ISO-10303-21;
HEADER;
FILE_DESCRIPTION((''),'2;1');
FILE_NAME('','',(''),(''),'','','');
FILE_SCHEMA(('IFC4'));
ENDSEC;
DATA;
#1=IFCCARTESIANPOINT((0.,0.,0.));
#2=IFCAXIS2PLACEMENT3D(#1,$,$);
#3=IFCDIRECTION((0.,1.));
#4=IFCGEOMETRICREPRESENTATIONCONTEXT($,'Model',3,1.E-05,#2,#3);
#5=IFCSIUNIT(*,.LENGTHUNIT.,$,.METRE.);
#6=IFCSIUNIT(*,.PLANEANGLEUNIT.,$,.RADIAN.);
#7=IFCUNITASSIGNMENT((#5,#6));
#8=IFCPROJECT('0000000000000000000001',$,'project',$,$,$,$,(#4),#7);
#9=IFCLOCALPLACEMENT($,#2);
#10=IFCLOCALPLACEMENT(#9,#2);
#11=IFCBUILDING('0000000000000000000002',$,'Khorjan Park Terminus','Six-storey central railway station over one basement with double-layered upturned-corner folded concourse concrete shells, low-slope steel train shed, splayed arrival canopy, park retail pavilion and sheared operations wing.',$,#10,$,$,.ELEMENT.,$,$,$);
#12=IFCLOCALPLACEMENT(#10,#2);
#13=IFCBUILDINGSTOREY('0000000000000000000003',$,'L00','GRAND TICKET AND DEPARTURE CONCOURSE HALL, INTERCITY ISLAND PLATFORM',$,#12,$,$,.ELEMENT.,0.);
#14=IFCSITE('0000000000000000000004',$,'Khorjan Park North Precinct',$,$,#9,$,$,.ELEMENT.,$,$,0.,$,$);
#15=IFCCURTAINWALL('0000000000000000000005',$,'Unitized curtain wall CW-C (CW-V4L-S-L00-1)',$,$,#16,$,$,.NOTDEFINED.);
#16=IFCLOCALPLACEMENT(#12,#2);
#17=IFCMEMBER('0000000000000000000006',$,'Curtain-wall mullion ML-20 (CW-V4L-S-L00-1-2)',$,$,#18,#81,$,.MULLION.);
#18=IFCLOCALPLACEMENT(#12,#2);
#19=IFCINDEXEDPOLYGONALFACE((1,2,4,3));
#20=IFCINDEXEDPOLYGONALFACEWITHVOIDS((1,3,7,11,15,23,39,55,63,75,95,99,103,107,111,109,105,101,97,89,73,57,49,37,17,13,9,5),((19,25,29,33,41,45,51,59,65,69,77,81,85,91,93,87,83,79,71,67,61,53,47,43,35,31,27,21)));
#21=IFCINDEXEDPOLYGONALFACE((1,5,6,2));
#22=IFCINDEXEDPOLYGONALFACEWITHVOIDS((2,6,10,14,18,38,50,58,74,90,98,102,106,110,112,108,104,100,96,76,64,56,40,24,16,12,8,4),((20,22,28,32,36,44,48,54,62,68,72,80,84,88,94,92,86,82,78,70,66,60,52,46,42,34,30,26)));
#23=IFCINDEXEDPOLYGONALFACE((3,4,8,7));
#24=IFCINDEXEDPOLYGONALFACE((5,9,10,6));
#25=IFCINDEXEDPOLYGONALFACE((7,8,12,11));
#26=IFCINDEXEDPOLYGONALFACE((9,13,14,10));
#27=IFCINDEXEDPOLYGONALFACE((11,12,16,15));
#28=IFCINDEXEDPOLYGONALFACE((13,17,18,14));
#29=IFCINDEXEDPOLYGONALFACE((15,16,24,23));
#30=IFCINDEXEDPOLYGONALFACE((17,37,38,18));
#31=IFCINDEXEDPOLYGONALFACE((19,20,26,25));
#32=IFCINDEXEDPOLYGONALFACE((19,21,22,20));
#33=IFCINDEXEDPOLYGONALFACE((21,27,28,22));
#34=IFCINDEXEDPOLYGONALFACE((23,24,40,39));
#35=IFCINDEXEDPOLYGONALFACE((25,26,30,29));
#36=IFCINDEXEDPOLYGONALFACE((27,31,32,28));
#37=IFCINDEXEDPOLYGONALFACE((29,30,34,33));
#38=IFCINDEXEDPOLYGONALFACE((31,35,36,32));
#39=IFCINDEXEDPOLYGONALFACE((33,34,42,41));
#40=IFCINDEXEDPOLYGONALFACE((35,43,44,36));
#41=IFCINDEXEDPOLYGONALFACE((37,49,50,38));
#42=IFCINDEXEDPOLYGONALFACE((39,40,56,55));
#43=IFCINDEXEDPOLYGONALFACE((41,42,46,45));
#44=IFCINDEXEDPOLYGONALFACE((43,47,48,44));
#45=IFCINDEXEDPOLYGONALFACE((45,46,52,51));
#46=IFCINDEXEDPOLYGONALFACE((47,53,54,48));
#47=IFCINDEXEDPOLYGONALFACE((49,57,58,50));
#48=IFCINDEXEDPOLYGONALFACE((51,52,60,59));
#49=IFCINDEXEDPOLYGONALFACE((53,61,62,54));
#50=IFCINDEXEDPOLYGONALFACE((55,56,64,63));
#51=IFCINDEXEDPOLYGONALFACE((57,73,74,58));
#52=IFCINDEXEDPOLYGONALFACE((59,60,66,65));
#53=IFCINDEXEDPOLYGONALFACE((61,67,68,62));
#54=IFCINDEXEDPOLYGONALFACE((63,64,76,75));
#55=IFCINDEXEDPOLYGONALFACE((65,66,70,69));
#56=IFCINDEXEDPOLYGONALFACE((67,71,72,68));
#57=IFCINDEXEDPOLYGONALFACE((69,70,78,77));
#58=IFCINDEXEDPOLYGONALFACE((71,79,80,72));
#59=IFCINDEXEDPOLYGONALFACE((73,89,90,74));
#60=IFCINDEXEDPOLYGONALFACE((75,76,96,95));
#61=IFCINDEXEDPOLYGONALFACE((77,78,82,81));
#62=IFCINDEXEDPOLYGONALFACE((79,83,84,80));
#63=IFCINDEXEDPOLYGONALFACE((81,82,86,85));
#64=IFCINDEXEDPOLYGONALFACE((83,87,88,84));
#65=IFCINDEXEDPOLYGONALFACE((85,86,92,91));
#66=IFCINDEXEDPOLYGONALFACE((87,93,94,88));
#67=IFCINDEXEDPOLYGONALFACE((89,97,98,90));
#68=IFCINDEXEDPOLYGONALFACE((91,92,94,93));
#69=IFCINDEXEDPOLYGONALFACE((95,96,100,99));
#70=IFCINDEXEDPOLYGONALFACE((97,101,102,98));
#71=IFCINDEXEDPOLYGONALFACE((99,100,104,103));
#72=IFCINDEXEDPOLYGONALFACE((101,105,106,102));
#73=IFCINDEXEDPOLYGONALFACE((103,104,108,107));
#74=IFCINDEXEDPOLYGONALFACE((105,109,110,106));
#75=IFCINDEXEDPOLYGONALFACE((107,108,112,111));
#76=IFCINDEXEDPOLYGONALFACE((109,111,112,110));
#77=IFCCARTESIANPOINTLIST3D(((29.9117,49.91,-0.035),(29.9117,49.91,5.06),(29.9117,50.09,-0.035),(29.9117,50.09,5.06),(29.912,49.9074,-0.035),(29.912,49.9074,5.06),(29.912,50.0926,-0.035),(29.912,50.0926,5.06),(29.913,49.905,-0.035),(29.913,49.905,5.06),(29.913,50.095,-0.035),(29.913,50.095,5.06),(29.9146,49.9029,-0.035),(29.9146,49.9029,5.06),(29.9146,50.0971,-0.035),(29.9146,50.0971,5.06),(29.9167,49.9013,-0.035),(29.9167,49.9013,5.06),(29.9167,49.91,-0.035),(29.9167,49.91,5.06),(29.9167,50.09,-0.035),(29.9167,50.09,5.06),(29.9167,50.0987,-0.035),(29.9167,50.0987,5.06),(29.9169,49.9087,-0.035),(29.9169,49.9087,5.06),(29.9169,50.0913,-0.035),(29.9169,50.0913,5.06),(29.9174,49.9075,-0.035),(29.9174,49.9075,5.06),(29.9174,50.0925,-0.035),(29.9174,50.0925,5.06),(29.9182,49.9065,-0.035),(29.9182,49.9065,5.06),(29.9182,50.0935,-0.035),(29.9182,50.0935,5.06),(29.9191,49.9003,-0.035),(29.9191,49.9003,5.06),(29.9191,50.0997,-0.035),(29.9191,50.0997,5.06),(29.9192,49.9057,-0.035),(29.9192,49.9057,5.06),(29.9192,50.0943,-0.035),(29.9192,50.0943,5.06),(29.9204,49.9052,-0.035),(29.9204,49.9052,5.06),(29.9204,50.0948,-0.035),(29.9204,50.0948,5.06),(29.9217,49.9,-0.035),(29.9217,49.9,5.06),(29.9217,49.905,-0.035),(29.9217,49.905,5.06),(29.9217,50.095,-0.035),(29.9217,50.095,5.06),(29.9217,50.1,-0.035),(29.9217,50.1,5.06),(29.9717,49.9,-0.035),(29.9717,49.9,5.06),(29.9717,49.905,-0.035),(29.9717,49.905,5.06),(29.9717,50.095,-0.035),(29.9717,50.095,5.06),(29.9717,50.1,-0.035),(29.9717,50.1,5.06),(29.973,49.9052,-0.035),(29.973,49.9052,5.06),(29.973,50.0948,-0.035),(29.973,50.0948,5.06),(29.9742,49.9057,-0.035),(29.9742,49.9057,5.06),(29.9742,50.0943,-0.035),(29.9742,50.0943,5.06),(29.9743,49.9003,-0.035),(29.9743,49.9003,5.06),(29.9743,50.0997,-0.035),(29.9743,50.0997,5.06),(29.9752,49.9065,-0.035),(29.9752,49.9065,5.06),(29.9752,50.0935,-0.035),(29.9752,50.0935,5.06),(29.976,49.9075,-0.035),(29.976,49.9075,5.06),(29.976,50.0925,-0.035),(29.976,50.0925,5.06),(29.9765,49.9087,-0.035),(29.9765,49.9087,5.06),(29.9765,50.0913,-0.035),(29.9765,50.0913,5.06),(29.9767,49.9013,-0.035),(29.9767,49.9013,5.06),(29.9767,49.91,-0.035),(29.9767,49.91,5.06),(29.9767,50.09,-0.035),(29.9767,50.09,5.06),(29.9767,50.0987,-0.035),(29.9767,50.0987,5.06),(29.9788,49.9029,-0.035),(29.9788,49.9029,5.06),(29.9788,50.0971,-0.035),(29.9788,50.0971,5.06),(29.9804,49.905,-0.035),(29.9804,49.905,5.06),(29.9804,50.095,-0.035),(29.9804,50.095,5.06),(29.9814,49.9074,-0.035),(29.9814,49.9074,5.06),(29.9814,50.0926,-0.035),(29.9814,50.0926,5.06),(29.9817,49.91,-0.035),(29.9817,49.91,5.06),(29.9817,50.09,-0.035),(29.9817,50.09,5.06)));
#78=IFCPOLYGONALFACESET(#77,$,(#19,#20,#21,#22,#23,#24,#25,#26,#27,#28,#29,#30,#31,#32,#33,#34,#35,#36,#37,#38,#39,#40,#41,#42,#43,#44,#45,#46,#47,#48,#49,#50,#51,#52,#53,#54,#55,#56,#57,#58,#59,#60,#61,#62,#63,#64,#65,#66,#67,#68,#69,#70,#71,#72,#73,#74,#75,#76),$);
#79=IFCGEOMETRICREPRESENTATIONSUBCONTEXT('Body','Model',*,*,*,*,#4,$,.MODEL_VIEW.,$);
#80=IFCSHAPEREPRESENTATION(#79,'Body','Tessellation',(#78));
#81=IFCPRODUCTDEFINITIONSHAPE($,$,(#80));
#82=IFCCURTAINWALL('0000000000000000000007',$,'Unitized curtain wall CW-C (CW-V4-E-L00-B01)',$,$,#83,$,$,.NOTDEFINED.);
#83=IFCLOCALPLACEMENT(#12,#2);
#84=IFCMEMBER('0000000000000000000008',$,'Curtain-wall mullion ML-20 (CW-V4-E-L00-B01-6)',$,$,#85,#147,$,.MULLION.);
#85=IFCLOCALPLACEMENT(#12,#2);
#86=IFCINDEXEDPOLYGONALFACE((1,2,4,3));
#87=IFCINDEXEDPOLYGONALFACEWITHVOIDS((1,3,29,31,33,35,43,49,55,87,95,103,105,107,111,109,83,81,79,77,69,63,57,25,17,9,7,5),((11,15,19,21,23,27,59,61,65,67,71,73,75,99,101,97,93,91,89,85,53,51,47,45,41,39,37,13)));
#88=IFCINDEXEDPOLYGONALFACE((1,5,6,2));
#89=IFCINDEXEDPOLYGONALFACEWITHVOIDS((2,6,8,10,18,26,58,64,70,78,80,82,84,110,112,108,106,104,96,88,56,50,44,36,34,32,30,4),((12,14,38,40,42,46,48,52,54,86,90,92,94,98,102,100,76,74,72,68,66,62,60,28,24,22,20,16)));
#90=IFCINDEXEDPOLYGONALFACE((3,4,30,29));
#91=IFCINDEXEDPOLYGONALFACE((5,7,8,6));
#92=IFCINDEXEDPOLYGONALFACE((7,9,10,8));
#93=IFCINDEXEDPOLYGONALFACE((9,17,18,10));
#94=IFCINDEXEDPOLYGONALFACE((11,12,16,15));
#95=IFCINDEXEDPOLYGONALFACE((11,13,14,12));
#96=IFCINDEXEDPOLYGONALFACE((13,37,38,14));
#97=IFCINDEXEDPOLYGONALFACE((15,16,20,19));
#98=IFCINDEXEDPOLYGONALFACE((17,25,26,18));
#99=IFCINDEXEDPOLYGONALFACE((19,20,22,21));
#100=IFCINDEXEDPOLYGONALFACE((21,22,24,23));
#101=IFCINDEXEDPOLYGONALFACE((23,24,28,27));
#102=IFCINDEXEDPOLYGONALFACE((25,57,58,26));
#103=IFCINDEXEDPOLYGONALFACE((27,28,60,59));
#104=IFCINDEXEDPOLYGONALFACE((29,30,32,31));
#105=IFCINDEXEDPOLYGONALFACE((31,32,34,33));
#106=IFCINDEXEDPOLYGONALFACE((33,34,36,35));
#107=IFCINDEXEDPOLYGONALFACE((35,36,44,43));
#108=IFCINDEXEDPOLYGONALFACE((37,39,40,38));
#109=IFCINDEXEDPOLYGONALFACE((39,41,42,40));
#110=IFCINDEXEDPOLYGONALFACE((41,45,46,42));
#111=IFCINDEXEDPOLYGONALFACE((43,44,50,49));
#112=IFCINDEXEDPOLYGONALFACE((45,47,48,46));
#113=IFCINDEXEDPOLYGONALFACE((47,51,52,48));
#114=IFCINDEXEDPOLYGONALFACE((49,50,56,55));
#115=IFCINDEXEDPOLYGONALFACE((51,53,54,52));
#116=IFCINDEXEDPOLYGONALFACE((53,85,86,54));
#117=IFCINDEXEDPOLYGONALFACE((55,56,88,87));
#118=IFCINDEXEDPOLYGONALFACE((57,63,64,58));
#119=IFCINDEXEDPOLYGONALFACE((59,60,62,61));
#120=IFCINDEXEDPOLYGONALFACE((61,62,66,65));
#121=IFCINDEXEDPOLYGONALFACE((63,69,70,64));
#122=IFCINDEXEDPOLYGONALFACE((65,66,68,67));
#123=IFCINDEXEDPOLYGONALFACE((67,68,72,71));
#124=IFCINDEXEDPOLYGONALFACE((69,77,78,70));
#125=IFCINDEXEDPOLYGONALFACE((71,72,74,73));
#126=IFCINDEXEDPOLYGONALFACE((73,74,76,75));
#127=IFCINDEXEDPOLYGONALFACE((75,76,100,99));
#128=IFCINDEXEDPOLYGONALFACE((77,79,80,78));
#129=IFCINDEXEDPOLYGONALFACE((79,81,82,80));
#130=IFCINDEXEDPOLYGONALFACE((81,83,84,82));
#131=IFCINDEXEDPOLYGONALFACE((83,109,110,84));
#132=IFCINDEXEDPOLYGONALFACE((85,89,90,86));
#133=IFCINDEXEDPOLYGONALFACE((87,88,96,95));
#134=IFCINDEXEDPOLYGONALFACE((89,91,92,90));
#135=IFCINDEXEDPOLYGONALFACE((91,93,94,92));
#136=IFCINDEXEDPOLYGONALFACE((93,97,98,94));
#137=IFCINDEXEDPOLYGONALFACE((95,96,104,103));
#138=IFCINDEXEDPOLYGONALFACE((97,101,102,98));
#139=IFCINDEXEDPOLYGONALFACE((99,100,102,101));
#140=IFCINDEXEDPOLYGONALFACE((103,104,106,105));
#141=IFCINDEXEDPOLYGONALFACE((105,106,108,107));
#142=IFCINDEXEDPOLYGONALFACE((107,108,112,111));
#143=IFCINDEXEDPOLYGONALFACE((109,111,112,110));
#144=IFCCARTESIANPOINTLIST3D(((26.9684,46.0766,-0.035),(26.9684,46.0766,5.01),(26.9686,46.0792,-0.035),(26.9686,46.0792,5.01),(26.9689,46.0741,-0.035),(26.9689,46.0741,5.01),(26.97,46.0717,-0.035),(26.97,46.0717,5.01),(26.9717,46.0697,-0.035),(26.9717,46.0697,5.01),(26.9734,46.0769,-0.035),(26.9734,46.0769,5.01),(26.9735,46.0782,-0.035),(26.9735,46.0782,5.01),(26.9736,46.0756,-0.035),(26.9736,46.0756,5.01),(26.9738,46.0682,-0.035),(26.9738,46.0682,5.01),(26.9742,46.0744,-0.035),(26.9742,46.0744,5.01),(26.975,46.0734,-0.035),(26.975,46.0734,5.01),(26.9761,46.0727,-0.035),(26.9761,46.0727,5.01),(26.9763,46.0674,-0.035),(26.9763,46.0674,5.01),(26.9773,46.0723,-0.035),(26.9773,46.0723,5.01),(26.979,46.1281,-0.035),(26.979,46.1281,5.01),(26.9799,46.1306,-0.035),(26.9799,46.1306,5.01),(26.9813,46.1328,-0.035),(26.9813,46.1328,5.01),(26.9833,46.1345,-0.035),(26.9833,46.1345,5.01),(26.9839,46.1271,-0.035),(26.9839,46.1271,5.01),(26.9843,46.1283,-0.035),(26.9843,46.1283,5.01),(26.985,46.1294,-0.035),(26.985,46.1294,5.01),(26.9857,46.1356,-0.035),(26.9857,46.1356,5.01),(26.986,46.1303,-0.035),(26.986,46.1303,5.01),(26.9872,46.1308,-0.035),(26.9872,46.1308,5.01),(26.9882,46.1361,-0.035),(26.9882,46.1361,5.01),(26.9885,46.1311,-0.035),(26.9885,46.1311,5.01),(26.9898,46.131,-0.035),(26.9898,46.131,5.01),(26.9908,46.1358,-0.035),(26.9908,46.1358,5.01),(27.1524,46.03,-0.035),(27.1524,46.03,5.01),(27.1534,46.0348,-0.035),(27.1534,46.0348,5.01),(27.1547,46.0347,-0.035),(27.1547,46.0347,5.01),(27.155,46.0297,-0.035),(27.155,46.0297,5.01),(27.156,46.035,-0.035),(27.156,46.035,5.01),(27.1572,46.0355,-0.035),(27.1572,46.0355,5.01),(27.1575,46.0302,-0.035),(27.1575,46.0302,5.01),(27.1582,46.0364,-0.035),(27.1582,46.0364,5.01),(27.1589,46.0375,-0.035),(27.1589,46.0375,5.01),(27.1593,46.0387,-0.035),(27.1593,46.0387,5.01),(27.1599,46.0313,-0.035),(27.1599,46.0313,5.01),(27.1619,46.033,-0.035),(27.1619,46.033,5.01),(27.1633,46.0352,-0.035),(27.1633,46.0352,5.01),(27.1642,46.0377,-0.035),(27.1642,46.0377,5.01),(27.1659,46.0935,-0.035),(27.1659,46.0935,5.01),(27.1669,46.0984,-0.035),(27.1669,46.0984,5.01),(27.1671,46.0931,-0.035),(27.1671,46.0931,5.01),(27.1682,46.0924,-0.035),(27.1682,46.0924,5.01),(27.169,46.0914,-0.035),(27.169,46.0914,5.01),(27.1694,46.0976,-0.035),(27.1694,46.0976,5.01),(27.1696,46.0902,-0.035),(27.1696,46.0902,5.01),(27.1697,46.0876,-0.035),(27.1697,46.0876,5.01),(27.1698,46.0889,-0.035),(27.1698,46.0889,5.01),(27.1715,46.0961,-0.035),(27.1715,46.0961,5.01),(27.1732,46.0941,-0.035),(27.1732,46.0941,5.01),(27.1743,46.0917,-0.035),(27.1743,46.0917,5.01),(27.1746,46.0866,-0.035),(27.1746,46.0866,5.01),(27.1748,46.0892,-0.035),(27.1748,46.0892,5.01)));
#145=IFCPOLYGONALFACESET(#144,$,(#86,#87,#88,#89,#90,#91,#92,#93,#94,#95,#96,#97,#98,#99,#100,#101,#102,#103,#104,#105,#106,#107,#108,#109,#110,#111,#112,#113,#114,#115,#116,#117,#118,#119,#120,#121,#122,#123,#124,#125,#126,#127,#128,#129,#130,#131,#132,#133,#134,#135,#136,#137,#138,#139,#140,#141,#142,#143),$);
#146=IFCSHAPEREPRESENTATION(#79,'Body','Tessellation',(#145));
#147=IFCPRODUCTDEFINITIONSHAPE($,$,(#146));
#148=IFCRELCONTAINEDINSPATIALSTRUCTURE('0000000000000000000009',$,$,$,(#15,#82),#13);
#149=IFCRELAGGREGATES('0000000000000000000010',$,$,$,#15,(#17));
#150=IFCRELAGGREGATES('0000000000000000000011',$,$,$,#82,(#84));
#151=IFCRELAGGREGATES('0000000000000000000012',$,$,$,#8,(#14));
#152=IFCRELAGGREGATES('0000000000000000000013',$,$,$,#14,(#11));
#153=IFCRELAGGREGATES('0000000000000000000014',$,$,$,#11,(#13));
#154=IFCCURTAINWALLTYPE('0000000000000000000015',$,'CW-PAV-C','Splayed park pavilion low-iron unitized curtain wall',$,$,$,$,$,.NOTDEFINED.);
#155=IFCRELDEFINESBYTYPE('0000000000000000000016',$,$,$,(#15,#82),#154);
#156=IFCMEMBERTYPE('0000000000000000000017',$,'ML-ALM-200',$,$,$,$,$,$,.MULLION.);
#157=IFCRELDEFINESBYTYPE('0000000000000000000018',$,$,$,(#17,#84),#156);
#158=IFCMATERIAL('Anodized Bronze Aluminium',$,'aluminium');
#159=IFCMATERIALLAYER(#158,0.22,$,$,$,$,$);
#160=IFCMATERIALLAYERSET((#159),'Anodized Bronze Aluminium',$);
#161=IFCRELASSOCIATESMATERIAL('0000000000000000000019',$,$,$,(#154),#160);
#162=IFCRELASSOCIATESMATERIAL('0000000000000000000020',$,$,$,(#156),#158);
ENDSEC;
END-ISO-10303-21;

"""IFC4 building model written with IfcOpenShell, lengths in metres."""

from ifc_helpers import new_model, si_unit, direction, frame, origin, origin_2d, place, context, subcontext, project, spatial, hollow_rectangle, extrude, material, layer, layer_set, material_profile, profile_set, type_object, element, aggregate, save


model = new_model("IFC4")

# Units and contexts
model_context = context("Model", 3, precision=1e-05, world=origin(), true_north=direction((0.0, 1.0)))
body_context = subcontext(model_context, "Body", "Model", "MODEL_VIEW")
ifc_project = project(units=[si_unit("LENGTHUNIT", "METRE"), si_unit("PLANEANGLEUNIT", "RADIAN")], contexts=[model_context])

# Site, building, storey
site_placement = place(None, origin())
site = spatial("IfcSite", under=ifc_project, at=site_placement, Name="Khorjan Park North Precinct", CompositionType="ELEMENT", RefElevation=0.0)
building_placement = place(site_placement, origin())
building = spatial("IfcBuilding", under=site, at=building_placement, Name="Khorjan Park Terminus", Description="Six-storey central railway station over one basement with double-layered upturned-corner folded concourse concrete shells, low-slope steel train shed, splayed arrival canopy, park retail pavilion and sheared operations wing.", CompositionType="ELEMENT")
storey_placement = place(building_placement, origin())
storey = spatial("IfcBuildingStorey", under=building, at=storey_placement, Name="L00", Description="GRAND TICKET AND DEPARTURE CONCOURSE HALL, INTERCITY ISLAND PLATFORM", CompositionType="ELEMENT", Elevation=0.0)

# Curtain wall, member
ifc_material_1 = material(Name="Anodized Bronze Aluminium", Category="aluminium")
ifc_layer_1 = layer(ifc_material_1, 0.22)
ifc_layer_set_1 = layer_set([ifc_layer_1], Name="Anodized Bronze Aluminium")
curtain_wall_type = type_object("IfcCurtainWallType", Name="CW-PAV-C", Description="Splayed park pavilion low-iron unitized curtain wall", PredefinedType="NOTDEFINED", material=ifc_layer_set_1)
curtain_wall_1_placement = place(storey_placement, origin())
curtain_wall_1 = element("IfcCurtainWall", 1, at=curtain_wall_1_placement, inside=storey, type_object=curtain_wall_type, Name="Unitized curtain wall CW-C (CW-V4L-S-L00-1)", PredefinedType="NOTDEFINED")
ifc_material_profile_1 = material_profile(ifc_material_1, hollow_rectangle(XDim=0.07, YDim=0.2, WallThickness=0.005, InnerFilletRadius=0.005, OuterFilletRadius=0.01, at=origin_2d()), Name="ALM 70x200x5")
ifc_profile_set_1 = profile_set([ifc_material_profile_1], Name="Anodized Bronze Aluminium")
member_type_1 = type_object("IfcMemberType", Name="ML-ALM-200", PredefinedType="MULLION", material=ifc_profile_set_1)
member_1_placement = place(storey_placement, frame((29.9467, 50.0, -0.035), z_axis=(0.0, 0.0, 1.0), x_axis=(1.0, 0.0, 0.0)))
member_1 = element("IfcMember", 2, at=member_1_placement, type_object=member_type_1, Name="Curtain-wall mullion ML-20 (CW-V4L-S-L00-1-2)", PredefinedType="MULLION", context=body_context, shape_type="SweptSolid", body=[
    extrude(hollow_rectangle(XDim=0.07, YDim=0.2, WallThickness=0.005, InnerFilletRadius=0.005, OuterFilletRadius=0.01, at=origin_2d()), origin(), (0.0, 0.0, 1.0), 5.095),
])

# Curtain wall, member
curtain_wall_2_placement = place(storey_placement, origin())
curtain_wall_2 = element("IfcCurtainWall", 3, at=curtain_wall_2_placement, inside=storey, type_object=curtain_wall_type, Name="Unitized curtain wall CW-C (CW-V4-E-L00-B01)", PredefinedType="NOTDEFINED")
member_2_placement = place(storey_placement, frame((27.0716, 46.0829, -0.035), z_axis=(0.0, 0.0, 1.0), x_axis=(0.207917, 0.978147, 0.0)))
member_2 = element("IfcMember", 4, at=member_2_placement, type_object=member_type_1, Name="Curtain-wall mullion ML-20 (CW-V4-E-L00-B01-6)", PredefinedType="MULLION", context=body_context, shape_type="SweptSolid", body=[
    extrude(hollow_rectangle(XDim=0.07, YDim=0.2, WallThickness=0.005, InnerFilletRadius=0.005, OuterFilletRadius=0.01, at=origin_2d()), origin(), (0.0, 0.0, 1.0), 5.045),
])

aggregate(curtain_wall_1, [member_1])
aggregate(curtain_wall_2, [member_2])

save(model, "model.ifc")
